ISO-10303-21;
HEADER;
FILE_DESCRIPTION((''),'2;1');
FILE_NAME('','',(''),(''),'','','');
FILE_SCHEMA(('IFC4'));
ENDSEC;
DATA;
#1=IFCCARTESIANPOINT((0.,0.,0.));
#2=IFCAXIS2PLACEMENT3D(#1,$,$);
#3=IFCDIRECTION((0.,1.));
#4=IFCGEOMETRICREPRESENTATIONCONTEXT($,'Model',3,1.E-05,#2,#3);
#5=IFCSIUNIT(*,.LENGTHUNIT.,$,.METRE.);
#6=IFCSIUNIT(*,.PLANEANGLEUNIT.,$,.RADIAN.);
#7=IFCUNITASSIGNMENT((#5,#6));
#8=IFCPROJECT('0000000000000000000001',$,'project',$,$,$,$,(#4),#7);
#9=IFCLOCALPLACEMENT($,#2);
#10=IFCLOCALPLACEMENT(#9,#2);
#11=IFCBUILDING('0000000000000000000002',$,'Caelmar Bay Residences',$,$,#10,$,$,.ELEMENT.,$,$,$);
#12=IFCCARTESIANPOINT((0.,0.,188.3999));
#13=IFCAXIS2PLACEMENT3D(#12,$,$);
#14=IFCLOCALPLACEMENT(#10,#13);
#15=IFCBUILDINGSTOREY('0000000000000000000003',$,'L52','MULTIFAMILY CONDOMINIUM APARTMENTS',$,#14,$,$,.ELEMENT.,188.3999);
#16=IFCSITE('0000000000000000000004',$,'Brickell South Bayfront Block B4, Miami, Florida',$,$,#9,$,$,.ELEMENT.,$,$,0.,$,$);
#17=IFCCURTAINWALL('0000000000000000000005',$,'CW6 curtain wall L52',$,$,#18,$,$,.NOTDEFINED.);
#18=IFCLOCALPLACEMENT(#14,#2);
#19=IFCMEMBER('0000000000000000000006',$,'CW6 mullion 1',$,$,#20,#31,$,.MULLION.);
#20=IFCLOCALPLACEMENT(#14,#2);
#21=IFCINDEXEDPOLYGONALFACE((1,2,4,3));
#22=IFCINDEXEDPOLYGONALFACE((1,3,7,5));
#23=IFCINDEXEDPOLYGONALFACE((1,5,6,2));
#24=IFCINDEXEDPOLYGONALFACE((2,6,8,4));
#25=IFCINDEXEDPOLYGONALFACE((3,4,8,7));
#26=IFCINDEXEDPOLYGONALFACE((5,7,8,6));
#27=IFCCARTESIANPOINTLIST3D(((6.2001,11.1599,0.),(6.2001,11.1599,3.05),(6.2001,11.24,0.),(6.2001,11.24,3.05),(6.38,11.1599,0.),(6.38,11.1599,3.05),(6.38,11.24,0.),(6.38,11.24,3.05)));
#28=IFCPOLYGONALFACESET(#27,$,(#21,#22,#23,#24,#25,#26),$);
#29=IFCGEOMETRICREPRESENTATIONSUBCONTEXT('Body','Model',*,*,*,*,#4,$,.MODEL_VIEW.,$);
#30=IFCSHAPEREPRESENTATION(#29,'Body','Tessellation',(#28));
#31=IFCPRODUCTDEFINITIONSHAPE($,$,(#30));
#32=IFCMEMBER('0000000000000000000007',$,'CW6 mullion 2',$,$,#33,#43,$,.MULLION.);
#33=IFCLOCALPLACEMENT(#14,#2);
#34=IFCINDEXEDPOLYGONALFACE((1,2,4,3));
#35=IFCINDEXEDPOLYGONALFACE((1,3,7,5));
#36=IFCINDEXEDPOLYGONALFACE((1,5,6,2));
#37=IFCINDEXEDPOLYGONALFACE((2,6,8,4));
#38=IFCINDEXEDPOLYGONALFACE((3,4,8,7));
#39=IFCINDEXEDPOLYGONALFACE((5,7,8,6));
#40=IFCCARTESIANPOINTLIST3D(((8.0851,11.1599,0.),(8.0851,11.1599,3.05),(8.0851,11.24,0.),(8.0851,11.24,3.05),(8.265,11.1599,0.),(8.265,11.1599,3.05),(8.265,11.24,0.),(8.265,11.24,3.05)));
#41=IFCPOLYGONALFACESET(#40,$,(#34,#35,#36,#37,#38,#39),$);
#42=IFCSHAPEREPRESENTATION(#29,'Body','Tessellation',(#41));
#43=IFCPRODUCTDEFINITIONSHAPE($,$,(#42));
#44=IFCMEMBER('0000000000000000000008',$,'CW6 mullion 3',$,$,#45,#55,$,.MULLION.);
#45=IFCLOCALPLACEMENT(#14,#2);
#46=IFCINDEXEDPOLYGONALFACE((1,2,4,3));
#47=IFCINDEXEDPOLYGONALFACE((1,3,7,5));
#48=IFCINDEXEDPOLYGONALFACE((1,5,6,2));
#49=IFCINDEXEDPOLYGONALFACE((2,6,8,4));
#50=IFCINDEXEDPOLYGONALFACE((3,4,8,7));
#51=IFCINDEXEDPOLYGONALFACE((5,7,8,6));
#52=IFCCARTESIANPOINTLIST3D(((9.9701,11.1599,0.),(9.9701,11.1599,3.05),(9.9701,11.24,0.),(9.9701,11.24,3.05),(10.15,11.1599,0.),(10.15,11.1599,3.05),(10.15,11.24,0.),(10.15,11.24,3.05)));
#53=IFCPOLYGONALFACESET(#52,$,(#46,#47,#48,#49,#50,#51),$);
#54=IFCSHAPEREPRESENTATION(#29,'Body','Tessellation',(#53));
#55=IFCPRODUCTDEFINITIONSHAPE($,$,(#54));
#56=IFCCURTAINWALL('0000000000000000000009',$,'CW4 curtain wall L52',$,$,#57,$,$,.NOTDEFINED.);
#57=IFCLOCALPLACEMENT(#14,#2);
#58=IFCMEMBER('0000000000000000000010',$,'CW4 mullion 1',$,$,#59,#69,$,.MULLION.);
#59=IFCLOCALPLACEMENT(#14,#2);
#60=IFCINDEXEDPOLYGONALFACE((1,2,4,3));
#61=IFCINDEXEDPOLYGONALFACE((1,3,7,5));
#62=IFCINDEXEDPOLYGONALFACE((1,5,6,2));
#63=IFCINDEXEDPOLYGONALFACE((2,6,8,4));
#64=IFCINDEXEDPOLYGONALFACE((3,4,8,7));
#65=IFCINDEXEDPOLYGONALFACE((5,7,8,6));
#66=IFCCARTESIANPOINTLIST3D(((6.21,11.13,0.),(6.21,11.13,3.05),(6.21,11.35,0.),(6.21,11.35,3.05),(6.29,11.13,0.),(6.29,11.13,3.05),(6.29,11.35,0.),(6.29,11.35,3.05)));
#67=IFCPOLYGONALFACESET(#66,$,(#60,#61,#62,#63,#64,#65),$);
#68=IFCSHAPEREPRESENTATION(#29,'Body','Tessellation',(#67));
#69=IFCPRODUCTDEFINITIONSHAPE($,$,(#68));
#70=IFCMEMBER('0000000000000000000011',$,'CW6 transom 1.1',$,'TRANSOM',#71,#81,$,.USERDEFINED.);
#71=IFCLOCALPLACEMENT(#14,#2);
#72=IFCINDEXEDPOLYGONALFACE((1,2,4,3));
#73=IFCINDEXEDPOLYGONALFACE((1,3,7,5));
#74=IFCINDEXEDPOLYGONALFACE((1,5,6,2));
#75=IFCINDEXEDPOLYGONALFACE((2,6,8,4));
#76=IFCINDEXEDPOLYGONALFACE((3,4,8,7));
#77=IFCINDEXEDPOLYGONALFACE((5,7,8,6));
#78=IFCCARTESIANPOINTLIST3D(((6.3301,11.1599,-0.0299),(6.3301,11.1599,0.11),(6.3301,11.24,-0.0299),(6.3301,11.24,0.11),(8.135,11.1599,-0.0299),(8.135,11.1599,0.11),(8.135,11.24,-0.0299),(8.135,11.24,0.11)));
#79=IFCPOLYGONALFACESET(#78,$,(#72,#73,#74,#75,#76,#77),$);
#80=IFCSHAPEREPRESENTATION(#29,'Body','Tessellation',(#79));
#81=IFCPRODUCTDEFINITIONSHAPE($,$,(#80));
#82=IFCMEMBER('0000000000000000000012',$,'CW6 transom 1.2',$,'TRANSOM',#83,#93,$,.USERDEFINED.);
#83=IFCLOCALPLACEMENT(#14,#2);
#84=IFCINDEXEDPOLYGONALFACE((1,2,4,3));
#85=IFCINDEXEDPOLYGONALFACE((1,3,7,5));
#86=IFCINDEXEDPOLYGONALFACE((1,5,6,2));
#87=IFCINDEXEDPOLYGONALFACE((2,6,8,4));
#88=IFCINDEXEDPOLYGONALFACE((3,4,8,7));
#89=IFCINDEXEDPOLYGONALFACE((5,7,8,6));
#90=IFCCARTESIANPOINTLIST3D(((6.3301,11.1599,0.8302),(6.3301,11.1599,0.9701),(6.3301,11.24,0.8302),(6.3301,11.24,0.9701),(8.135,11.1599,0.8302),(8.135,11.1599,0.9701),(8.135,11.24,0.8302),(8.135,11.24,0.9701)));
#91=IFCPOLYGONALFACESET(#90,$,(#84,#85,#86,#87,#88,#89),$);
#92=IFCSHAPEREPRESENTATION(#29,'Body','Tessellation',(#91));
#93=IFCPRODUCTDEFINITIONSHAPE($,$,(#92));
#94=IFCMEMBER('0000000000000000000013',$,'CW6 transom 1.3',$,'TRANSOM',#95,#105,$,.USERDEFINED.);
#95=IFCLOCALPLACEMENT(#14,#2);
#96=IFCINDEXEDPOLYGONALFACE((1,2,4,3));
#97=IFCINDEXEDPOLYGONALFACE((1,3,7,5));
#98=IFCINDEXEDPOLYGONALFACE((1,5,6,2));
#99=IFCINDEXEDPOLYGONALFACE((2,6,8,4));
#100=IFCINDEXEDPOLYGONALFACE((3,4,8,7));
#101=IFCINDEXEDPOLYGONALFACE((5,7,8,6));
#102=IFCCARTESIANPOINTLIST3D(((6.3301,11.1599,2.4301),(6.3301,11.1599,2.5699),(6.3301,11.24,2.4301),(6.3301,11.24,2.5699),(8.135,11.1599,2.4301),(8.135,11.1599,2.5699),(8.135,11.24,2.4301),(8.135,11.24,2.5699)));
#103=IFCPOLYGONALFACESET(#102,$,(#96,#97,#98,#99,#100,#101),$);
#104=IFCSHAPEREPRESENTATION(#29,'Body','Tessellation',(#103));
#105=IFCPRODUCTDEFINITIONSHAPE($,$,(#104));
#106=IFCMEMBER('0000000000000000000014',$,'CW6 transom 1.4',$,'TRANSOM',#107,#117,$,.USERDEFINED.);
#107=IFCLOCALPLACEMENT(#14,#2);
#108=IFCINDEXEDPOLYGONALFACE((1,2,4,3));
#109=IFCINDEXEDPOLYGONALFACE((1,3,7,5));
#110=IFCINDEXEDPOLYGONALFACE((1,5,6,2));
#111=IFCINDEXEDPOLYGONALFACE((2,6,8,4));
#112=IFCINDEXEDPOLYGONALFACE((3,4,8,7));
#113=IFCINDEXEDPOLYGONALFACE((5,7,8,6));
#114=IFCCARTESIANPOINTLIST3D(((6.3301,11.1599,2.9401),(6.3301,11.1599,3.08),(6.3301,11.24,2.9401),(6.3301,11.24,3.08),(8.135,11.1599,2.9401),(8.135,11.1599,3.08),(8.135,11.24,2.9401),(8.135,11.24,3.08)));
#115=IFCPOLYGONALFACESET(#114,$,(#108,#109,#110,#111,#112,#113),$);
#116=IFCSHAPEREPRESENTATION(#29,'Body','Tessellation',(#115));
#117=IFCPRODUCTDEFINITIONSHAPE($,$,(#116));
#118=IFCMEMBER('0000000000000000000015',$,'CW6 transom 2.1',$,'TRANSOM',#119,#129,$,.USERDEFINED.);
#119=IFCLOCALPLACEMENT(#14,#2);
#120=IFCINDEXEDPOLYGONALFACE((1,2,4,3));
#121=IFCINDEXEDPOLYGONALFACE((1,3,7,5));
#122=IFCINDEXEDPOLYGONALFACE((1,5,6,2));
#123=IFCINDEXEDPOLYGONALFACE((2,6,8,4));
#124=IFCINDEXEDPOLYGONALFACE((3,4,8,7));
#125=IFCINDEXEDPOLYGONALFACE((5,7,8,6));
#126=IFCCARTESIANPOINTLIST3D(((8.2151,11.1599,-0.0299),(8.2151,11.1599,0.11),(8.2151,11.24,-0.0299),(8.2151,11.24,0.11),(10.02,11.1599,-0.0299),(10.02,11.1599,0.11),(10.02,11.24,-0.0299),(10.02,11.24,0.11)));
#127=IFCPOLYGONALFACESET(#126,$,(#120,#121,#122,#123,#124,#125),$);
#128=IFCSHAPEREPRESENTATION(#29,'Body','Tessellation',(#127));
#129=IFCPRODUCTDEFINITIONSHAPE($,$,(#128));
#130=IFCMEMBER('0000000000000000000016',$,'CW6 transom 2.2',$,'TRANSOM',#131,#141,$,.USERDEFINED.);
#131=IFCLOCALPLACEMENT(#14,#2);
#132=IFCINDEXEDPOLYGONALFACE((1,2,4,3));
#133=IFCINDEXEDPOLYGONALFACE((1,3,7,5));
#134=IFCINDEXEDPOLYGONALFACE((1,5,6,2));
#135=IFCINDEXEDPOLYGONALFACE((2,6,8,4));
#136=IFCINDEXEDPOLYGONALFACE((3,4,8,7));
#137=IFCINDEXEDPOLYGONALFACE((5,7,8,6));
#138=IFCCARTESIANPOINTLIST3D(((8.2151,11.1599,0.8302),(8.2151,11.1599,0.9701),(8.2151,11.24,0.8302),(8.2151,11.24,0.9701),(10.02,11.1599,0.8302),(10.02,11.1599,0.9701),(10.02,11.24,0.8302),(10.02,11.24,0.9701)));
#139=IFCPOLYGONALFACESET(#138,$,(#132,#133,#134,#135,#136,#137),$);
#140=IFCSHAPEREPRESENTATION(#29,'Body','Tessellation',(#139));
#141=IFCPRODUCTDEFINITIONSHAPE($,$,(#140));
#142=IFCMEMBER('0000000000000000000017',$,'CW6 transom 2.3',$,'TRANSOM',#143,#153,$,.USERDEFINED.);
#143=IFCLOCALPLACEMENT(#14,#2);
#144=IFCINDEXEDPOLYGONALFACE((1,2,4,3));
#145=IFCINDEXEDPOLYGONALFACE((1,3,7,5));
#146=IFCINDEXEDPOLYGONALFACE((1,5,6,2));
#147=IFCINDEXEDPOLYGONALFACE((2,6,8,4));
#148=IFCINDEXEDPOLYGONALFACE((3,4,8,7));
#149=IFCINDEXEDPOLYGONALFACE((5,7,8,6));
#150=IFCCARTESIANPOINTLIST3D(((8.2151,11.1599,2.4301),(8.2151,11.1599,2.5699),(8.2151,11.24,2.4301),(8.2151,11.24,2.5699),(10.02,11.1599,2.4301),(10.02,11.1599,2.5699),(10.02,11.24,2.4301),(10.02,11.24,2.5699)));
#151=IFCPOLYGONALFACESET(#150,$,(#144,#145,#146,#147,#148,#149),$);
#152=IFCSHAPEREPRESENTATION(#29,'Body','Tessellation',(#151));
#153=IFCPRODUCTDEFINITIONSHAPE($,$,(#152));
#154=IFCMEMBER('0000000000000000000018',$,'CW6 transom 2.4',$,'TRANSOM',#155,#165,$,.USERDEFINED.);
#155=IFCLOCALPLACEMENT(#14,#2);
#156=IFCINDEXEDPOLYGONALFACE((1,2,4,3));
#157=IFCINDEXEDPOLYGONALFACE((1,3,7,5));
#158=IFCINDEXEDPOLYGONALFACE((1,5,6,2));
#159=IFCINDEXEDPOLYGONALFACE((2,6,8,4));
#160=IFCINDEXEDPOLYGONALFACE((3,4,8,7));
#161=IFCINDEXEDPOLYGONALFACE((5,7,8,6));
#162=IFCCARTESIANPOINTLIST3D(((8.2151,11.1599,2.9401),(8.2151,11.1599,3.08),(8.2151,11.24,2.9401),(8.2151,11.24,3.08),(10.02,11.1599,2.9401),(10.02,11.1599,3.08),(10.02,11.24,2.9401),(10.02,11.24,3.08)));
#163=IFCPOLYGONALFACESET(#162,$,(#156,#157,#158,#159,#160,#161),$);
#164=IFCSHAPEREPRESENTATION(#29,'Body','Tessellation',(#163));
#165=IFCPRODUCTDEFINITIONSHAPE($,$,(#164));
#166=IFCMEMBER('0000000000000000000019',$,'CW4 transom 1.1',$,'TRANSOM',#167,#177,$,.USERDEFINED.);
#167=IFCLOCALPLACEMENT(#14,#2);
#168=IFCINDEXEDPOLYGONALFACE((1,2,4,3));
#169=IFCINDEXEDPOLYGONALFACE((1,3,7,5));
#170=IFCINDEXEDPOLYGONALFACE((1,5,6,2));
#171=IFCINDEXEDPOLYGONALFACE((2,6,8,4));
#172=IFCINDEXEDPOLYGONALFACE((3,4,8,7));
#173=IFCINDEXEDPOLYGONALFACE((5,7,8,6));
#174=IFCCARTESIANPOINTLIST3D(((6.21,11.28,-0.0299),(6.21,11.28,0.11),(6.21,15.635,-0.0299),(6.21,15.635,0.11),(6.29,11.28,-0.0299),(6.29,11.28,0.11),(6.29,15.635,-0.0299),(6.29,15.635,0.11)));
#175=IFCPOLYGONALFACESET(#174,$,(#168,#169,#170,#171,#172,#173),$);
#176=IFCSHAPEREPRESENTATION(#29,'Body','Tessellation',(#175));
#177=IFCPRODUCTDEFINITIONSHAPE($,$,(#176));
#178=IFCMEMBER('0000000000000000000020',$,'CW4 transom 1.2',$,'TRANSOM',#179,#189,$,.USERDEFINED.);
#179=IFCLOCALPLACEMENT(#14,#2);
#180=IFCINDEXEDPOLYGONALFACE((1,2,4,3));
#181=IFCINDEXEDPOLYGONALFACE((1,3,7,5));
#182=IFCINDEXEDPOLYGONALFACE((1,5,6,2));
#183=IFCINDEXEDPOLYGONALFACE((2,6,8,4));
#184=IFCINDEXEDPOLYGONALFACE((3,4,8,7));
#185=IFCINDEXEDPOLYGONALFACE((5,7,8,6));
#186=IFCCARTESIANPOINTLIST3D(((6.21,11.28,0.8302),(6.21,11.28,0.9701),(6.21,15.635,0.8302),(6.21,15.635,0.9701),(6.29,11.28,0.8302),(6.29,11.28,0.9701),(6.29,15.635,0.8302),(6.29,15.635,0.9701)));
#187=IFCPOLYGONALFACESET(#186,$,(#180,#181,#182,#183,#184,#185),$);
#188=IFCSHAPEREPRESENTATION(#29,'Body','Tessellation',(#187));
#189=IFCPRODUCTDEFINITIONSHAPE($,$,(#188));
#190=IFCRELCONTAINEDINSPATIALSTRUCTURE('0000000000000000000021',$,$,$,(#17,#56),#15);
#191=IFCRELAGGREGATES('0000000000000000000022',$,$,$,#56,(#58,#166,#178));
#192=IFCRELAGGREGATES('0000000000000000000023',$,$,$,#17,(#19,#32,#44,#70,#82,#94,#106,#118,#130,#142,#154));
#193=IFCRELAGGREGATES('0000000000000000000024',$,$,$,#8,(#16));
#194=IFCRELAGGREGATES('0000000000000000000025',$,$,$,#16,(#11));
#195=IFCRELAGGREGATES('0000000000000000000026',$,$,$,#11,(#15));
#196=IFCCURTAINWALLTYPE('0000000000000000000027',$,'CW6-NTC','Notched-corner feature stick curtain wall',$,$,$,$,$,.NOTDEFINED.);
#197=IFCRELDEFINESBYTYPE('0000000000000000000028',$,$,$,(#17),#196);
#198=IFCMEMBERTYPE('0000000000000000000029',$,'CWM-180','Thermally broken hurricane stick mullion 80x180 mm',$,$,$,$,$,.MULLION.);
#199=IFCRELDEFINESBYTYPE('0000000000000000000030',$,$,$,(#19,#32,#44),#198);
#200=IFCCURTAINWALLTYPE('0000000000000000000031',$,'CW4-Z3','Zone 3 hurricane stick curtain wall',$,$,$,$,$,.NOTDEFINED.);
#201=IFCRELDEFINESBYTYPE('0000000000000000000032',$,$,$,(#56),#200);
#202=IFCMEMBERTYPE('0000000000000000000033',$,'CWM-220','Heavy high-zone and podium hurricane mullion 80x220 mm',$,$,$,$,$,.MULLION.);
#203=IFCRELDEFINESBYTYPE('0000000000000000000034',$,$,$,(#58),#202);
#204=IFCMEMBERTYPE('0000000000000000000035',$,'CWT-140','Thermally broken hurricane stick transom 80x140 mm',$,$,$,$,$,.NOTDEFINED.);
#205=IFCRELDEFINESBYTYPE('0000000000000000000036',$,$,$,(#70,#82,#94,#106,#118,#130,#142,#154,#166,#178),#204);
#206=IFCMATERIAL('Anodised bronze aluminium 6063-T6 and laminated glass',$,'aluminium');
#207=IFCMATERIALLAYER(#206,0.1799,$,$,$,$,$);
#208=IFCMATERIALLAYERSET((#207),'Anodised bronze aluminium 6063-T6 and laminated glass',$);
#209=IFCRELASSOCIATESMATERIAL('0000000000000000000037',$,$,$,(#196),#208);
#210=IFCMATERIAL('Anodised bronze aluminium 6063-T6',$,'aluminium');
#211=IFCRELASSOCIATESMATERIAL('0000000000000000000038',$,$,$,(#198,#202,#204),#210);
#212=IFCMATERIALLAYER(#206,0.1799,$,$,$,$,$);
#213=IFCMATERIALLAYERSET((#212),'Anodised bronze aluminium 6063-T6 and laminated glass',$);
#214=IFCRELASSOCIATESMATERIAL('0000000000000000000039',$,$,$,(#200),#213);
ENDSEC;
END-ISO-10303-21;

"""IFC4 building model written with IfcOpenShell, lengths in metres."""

from ifc_helpers import new_model, si_unit, direction, frame, origin, origin_2d, place, context, subcontext, project, spatial, rectangle, extrude, material, layer, layer_set, material_profile, profile_set, type_object, element, aggregate, save


model = new_model("IFC4")

# Units and contexts
model_context = context("Model", 3, precision=1e-05, world=origin(), true_north=direction((0.0, 1.0)))
body_context = subcontext(model_context, "Body", "Model", "MODEL_VIEW")
ifc_project = project(units=[si_unit("LENGTHUNIT", "METRE"), si_unit("PLANEANGLEUNIT", "RADIAN")], contexts=[model_context])

# Site, building, storey
site_placement = place(None, origin())
site = spatial("IfcSite", under=ifc_project, at=site_placement, Name="Brickell South Bayfront Block B4, Miami, Florida", CompositionType="ELEMENT", RefElevation=0.0)
building_placement = place(site_placement, origin())
building = spatial("IfcBuilding", under=site, at=building_placement, Name="Caelmar Bay Residences", CompositionType="ELEMENT")
storey_placement = place(building_placement, frame((0.0, 0.0, 188.3999)))
storey = spatial("IfcBuildingStorey", under=building, at=storey_placement, Name="L52", Description="MULTIFAMILY CONDOMINIUM APARTMENTS", CompositionType="ELEMENT", Elevation=188.3999)

# Curtain wall, members
ifc_material_1 = material(Name="Anodised bronze aluminium 6063-T6 and laminated glass", Category="aluminium")
ifc_layer_1 = layer(ifc_material_1, 0.1799)
ifc_layer_set_1 = layer_set([ifc_layer_1], Name="Anodised bronze aluminium 6063-T6 and laminated glass")
curtain_wall_type_1 = type_object("IfcCurtainWallType", Name="CW6-NTC", Description="Notched-corner feature stick curtain wall", PredefinedType="NOTDEFINED", material=ifc_layer_set_1)
curtain_wall_1_placement = place(storey_placement, origin())
curtain_wall_1 = element("IfcCurtainWall", 1, at=curtain_wall_1_placement, inside=storey, type_object=curtain_wall_type_1, Name="CW6 curtain wall L52", PredefinedType="NOTDEFINED")
ifc_material_2 = material(Name="Anodised bronze aluminium 6063-T6", Category="aluminium")
ifc_material_profile_1 = material_profile(ifc_material_2, rectangle(XDim=0.0801, YDim=0.1799, at=origin_2d()), Name="CWM-80X180")
ifc_profile_set_1 = profile_set([ifc_material_profile_1], Name="Anodised bronze aluminium 6063-T6")
member_type_1 = type_object("IfcMemberType", Name="CWM-180", Description="Thermally broken hurricane stick mullion 80x180 mm", PredefinedType="MULLION", material=ifc_profile_set_1)
member_1_placement = place(storey_placement, frame((6.29, 11.2, 0.0), z_axis=(0.0, 0.0, 1.0), x_axis=(0.0, 1.0, 0.0)))
member_1 = element("IfcMember", 2, at=member_1_placement, type_object=member_type_1, Name="CW6 mullion 1", PredefinedType="MULLION", context=body_context, shape_type="SweptSolid", body=[
    extrude(rectangle(XDim=0.0801, YDim=0.1799, at=origin_2d()), origin(), (0.0, 0.0, 1.0), 3.05),
])
member_2_placement = place(storey_placement, frame((8.175, 11.2, 0.0), z_axis=(0.0, 0.0, 1.0), x_axis=(0.0, 1.0, 0.0)))
member_2 = element("IfcMember", 3, at=member_2_placement, type_object=member_type_1, Name="CW6 mullion 2", PredefinedType="MULLION", context=body_context, shape_type="SweptSolid", body=[
    extrude(rectangle(XDim=0.0801, YDim=0.1799, at=origin_2d()), origin(), (0.0, 0.0, 1.0), 3.05),
])
member_3_placement = place(storey_placement, frame((10.0601, 11.2, 0.0), z_axis=(0.0, 0.0, 1.0), x_axis=(0.0, 1.0, 0.0)))
member_3 = element("IfcMember", 4, at=member_3_placement, type_object=member_type_1, Name="CW6 mullion 3", PredefinedType="MULLION", context=body_context, shape_type="SweptSolid", body=[
    extrude(rectangle(XDim=0.0801, YDim=0.1799, at=origin_2d()), origin(), (0.0, 0.0, 1.0), 3.05),
])

# Curtain wall, member
ifc_layer_2 = layer(ifc_material_1, 0.1799)
ifc_layer_set_2 = layer_set([ifc_layer_2], Name="Anodised bronze aluminium 6063-T6 and laminated glass")
curtain_wall_type_2 = type_object("IfcCurtainWallType", Name="CW4-Z3", Description="Zone 3 hurricane stick curtain wall", PredefinedType="NOTDEFINED", material=ifc_layer_set_2)
curtain_wall_2_placement = place(storey_placement, origin())
curtain_wall_2 = element("IfcCurtainWall", 5, at=curtain_wall_2_placement, inside=storey, type_object=curtain_wall_type_2, Name="CW4 curtain wall L52", PredefinedType="NOTDEFINED")
ifc_material_profile_2 = material_profile(ifc_material_2, rectangle(XDim=0.0801, YDim=0.22, at=origin_2d()), Name="CWM-80X220")
ifc_profile_set_2 = profile_set([ifc_material_profile_2], Name="Anodised bronze aluminium 6063-T6")
member_type_2 = type_object("IfcMemberType", Name="CWM-220", Description="Heavy high-zone and podium hurricane mullion 80x220 mm", PredefinedType="MULLION", material=ifc_profile_set_2)
member_4_placement = place(storey_placement, frame((6.25, 11.24, 0.0), z_axis=(0.0, 0.0, 1.0), x_axis=(-1.0, 0.0, 0.0)))
member_4 = element("IfcMember", 6, at=member_4_placement, type_object=member_type_2, Name="CW4 mullion 1", PredefinedType="MULLION", context=body_context, shape_type="SweptSolid", body=[
    extrude(rectangle(XDim=0.0801, YDim=0.22, at=origin_2d()), origin(), (0.0, 0.0, 1.0), 3.05),
])

# Members
ifc_material_profile_3 = material_profile(ifc_material_2, rectangle(XDim=0.0801, YDim=0.1399, at=origin_2d()), Name="CWT-80X140")
ifc_profile_set_3 = profile_set([ifc_material_profile_3], Name="Anodised bronze aluminium 6063-T6")
member_type_3 = type_object("IfcMemberType", Name="CWT-140", Description="Thermally broken hurricane stick transom 80x140 mm", PredefinedType="NOTDEFINED", material=ifc_profile_set_3)
member_5_placement = place(storey_placement, frame((6.3301, 11.2, 0.04), z_axis=(1.0, 0.0, 0.0), x_axis=(0.0, 1.0, 0.0)))
member_5 = element("IfcMember", 7, at=member_5_placement, type_object=member_type_3, Name="CW6 transom 1.1", ObjectType="TRANSOM", PredefinedType="USERDEFINED", context=body_context, shape_type="SweptSolid", body=[
    extrude(rectangle(XDim=0.0801, YDim=0.1399, at=origin_2d()), origin(), (0.0, 0.0, 1.0), 1.8049),
])
member_6_placement = place(storey_placement, frame((6.3301, 11.2, 0.9001), z_axis=(1.0, 0.0, 0.0), x_axis=(0.0, 1.0, 0.0)))
member_6 = element("IfcMember", 8, at=member_6_placement, type_object=member_type_3, Name="CW6 transom 1.2", ObjectType="TRANSOM", PredefinedType="USERDEFINED", context=body_context, shape_type="SweptSolid", body=[
    extrude(rectangle(XDim=0.0801, YDim=0.1399, at=origin_2d()), origin(), (0.0, 0.0, 1.0), 1.8049),
])
member_7_placement = place(storey_placement, frame((6.3301, 11.2, 2.5), z_axis=(1.0, 0.0, 0.0), x_axis=(0.0, 1.0, 0.0)))
member_7 = element("IfcMember", 9, at=member_7_placement, type_object=member_type_3, Name="CW6 transom 1.3", ObjectType="TRANSOM", PredefinedType="USERDEFINED", context=body_context, shape_type="SweptSolid", body=[
    extrude(rectangle(XDim=0.0801, YDim=0.1399, at=origin_2d()), origin(), (0.0, 0.0, 1.0), 1.8049),
])
member_8_placement = place(storey_placement, frame((6.3301, 11.2, 3.01), z_axis=(1.0, 0.0, 0.0), x_axis=(0.0, 1.0, 0.0)))
member_8 = element("IfcMember", 10, at=member_8_placement, type_object=member_type_3, Name="CW6 transom 1.4", ObjectType="TRANSOM", PredefinedType="USERDEFINED", context=body_context, shape_type="SweptSolid", body=[
    extrude(rectangle(XDim=0.0801, YDim=0.1399, at=origin_2d()), origin(), (0.0, 0.0, 1.0), 1.8049),
])
member_9_placement = place(storey_placement, frame((8.2151, 11.2, 0.04), z_axis=(1.0, 0.0, 0.0), x_axis=(0.0, 1.0, 0.0)))
member_9 = element("IfcMember", 11, at=member_9_placement, type_object=member_type_3, Name="CW6 transom 2.1", ObjectType="TRANSOM", PredefinedType="USERDEFINED", context=body_context, shape_type="SweptSolid", body=[
    extrude(rectangle(XDim=0.0801, YDim=0.1399, at=origin_2d()), origin(), (0.0, 0.0, 1.0), 1.8049),
])
member_10_placement = place(storey_placement, frame((8.2151, 11.2, 0.9001), z_axis=(1.0, 0.0, 0.0), x_axis=(0.0, 1.0, 0.0)))
member_10 = element("IfcMember", 12, at=member_10_placement, type_object=member_type_3, Name="CW6 transom 2.2", ObjectType="TRANSOM", PredefinedType="USERDEFINED", context=body_context, shape_type="SweptSolid", body=[
    extrude(rectangle(XDim=0.0801, YDim=0.1399, at=origin_2d()), origin(), (0.0, 0.0, 1.0), 1.8049),
])
member_11_placement = place(storey_placement, frame((8.2151, 11.2, 2.5), z_axis=(1.0, 0.0, 0.0), x_axis=(0.0, 1.0, 0.0)))
member_11 = element("IfcMember", 13, at=member_11_placement, type_object=member_type_3, Name="CW6 transom 2.3", ObjectType="TRANSOM", PredefinedType="USERDEFINED", context=body_context, shape_type="SweptSolid", body=[
    extrude(rectangle(XDim=0.0801, YDim=0.1399, at=origin_2d()), origin(), (0.0, 0.0, 1.0), 1.8049),
])
member_12_placement = place(storey_placement, frame((8.2151, 11.2, 3.01), z_axis=(1.0, 0.0, 0.0), x_axis=(0.0, 1.0, 0.0)))
member_12 = element("IfcMember", 14, at=member_12_placement, type_object=member_type_3, Name="CW6 transom 2.4", ObjectType="TRANSOM", PredefinedType="USERDEFINED", context=body_context, shape_type="SweptSolid", body=[
    extrude(rectangle(XDim=0.0801, YDim=0.1399, at=origin_2d()), origin(), (0.0, 0.0, 1.0), 1.8049),
])
member_13_placement = place(storey_placement, frame((6.25, 11.28, 0.04), z_axis=(0.0, 1.0, 0.0), x_axis=(-1.0, 0.0, 0.0)))
member_13 = element("IfcMember", 15, at=member_13_placement, type_object=member_type_3, Name="CW4 transom 1.1", ObjectType="TRANSOM", PredefinedType="USERDEFINED", context=body_context, shape_type="SweptSolid", body=[
    extrude(rectangle(XDim=0.0801, YDim=0.1399, at=origin_2d()), origin(), (0.0, 0.0, 1.0), 4.355),
])
member_14_placement = place(storey_placement, frame((6.25, 11.28, 0.9001), z_axis=(0.0, 1.0, 0.0), x_axis=(-1.0, 0.0, 0.0)))
member_14 = element("IfcMember", 16, at=member_14_placement, type_object=member_type_3, Name="CW4 transom 1.2", ObjectType="TRANSOM", PredefinedType="USERDEFINED", context=body_context, shape_type="SweptSolid", body=[
    extrude(rectangle(XDim=0.0801, YDim=0.1399, at=origin_2d()), origin(), (0.0, 0.0, 1.0), 4.355),
])
aggregate(curtain_wall_2, [member_4, member_13, member_14])

aggregate(curtain_wall_1, [member_1, member_2, member_3, member_5, member_6, member_7, member_8, member_9, member_10, member_11, member_12])

save(model, "model.ifc")
